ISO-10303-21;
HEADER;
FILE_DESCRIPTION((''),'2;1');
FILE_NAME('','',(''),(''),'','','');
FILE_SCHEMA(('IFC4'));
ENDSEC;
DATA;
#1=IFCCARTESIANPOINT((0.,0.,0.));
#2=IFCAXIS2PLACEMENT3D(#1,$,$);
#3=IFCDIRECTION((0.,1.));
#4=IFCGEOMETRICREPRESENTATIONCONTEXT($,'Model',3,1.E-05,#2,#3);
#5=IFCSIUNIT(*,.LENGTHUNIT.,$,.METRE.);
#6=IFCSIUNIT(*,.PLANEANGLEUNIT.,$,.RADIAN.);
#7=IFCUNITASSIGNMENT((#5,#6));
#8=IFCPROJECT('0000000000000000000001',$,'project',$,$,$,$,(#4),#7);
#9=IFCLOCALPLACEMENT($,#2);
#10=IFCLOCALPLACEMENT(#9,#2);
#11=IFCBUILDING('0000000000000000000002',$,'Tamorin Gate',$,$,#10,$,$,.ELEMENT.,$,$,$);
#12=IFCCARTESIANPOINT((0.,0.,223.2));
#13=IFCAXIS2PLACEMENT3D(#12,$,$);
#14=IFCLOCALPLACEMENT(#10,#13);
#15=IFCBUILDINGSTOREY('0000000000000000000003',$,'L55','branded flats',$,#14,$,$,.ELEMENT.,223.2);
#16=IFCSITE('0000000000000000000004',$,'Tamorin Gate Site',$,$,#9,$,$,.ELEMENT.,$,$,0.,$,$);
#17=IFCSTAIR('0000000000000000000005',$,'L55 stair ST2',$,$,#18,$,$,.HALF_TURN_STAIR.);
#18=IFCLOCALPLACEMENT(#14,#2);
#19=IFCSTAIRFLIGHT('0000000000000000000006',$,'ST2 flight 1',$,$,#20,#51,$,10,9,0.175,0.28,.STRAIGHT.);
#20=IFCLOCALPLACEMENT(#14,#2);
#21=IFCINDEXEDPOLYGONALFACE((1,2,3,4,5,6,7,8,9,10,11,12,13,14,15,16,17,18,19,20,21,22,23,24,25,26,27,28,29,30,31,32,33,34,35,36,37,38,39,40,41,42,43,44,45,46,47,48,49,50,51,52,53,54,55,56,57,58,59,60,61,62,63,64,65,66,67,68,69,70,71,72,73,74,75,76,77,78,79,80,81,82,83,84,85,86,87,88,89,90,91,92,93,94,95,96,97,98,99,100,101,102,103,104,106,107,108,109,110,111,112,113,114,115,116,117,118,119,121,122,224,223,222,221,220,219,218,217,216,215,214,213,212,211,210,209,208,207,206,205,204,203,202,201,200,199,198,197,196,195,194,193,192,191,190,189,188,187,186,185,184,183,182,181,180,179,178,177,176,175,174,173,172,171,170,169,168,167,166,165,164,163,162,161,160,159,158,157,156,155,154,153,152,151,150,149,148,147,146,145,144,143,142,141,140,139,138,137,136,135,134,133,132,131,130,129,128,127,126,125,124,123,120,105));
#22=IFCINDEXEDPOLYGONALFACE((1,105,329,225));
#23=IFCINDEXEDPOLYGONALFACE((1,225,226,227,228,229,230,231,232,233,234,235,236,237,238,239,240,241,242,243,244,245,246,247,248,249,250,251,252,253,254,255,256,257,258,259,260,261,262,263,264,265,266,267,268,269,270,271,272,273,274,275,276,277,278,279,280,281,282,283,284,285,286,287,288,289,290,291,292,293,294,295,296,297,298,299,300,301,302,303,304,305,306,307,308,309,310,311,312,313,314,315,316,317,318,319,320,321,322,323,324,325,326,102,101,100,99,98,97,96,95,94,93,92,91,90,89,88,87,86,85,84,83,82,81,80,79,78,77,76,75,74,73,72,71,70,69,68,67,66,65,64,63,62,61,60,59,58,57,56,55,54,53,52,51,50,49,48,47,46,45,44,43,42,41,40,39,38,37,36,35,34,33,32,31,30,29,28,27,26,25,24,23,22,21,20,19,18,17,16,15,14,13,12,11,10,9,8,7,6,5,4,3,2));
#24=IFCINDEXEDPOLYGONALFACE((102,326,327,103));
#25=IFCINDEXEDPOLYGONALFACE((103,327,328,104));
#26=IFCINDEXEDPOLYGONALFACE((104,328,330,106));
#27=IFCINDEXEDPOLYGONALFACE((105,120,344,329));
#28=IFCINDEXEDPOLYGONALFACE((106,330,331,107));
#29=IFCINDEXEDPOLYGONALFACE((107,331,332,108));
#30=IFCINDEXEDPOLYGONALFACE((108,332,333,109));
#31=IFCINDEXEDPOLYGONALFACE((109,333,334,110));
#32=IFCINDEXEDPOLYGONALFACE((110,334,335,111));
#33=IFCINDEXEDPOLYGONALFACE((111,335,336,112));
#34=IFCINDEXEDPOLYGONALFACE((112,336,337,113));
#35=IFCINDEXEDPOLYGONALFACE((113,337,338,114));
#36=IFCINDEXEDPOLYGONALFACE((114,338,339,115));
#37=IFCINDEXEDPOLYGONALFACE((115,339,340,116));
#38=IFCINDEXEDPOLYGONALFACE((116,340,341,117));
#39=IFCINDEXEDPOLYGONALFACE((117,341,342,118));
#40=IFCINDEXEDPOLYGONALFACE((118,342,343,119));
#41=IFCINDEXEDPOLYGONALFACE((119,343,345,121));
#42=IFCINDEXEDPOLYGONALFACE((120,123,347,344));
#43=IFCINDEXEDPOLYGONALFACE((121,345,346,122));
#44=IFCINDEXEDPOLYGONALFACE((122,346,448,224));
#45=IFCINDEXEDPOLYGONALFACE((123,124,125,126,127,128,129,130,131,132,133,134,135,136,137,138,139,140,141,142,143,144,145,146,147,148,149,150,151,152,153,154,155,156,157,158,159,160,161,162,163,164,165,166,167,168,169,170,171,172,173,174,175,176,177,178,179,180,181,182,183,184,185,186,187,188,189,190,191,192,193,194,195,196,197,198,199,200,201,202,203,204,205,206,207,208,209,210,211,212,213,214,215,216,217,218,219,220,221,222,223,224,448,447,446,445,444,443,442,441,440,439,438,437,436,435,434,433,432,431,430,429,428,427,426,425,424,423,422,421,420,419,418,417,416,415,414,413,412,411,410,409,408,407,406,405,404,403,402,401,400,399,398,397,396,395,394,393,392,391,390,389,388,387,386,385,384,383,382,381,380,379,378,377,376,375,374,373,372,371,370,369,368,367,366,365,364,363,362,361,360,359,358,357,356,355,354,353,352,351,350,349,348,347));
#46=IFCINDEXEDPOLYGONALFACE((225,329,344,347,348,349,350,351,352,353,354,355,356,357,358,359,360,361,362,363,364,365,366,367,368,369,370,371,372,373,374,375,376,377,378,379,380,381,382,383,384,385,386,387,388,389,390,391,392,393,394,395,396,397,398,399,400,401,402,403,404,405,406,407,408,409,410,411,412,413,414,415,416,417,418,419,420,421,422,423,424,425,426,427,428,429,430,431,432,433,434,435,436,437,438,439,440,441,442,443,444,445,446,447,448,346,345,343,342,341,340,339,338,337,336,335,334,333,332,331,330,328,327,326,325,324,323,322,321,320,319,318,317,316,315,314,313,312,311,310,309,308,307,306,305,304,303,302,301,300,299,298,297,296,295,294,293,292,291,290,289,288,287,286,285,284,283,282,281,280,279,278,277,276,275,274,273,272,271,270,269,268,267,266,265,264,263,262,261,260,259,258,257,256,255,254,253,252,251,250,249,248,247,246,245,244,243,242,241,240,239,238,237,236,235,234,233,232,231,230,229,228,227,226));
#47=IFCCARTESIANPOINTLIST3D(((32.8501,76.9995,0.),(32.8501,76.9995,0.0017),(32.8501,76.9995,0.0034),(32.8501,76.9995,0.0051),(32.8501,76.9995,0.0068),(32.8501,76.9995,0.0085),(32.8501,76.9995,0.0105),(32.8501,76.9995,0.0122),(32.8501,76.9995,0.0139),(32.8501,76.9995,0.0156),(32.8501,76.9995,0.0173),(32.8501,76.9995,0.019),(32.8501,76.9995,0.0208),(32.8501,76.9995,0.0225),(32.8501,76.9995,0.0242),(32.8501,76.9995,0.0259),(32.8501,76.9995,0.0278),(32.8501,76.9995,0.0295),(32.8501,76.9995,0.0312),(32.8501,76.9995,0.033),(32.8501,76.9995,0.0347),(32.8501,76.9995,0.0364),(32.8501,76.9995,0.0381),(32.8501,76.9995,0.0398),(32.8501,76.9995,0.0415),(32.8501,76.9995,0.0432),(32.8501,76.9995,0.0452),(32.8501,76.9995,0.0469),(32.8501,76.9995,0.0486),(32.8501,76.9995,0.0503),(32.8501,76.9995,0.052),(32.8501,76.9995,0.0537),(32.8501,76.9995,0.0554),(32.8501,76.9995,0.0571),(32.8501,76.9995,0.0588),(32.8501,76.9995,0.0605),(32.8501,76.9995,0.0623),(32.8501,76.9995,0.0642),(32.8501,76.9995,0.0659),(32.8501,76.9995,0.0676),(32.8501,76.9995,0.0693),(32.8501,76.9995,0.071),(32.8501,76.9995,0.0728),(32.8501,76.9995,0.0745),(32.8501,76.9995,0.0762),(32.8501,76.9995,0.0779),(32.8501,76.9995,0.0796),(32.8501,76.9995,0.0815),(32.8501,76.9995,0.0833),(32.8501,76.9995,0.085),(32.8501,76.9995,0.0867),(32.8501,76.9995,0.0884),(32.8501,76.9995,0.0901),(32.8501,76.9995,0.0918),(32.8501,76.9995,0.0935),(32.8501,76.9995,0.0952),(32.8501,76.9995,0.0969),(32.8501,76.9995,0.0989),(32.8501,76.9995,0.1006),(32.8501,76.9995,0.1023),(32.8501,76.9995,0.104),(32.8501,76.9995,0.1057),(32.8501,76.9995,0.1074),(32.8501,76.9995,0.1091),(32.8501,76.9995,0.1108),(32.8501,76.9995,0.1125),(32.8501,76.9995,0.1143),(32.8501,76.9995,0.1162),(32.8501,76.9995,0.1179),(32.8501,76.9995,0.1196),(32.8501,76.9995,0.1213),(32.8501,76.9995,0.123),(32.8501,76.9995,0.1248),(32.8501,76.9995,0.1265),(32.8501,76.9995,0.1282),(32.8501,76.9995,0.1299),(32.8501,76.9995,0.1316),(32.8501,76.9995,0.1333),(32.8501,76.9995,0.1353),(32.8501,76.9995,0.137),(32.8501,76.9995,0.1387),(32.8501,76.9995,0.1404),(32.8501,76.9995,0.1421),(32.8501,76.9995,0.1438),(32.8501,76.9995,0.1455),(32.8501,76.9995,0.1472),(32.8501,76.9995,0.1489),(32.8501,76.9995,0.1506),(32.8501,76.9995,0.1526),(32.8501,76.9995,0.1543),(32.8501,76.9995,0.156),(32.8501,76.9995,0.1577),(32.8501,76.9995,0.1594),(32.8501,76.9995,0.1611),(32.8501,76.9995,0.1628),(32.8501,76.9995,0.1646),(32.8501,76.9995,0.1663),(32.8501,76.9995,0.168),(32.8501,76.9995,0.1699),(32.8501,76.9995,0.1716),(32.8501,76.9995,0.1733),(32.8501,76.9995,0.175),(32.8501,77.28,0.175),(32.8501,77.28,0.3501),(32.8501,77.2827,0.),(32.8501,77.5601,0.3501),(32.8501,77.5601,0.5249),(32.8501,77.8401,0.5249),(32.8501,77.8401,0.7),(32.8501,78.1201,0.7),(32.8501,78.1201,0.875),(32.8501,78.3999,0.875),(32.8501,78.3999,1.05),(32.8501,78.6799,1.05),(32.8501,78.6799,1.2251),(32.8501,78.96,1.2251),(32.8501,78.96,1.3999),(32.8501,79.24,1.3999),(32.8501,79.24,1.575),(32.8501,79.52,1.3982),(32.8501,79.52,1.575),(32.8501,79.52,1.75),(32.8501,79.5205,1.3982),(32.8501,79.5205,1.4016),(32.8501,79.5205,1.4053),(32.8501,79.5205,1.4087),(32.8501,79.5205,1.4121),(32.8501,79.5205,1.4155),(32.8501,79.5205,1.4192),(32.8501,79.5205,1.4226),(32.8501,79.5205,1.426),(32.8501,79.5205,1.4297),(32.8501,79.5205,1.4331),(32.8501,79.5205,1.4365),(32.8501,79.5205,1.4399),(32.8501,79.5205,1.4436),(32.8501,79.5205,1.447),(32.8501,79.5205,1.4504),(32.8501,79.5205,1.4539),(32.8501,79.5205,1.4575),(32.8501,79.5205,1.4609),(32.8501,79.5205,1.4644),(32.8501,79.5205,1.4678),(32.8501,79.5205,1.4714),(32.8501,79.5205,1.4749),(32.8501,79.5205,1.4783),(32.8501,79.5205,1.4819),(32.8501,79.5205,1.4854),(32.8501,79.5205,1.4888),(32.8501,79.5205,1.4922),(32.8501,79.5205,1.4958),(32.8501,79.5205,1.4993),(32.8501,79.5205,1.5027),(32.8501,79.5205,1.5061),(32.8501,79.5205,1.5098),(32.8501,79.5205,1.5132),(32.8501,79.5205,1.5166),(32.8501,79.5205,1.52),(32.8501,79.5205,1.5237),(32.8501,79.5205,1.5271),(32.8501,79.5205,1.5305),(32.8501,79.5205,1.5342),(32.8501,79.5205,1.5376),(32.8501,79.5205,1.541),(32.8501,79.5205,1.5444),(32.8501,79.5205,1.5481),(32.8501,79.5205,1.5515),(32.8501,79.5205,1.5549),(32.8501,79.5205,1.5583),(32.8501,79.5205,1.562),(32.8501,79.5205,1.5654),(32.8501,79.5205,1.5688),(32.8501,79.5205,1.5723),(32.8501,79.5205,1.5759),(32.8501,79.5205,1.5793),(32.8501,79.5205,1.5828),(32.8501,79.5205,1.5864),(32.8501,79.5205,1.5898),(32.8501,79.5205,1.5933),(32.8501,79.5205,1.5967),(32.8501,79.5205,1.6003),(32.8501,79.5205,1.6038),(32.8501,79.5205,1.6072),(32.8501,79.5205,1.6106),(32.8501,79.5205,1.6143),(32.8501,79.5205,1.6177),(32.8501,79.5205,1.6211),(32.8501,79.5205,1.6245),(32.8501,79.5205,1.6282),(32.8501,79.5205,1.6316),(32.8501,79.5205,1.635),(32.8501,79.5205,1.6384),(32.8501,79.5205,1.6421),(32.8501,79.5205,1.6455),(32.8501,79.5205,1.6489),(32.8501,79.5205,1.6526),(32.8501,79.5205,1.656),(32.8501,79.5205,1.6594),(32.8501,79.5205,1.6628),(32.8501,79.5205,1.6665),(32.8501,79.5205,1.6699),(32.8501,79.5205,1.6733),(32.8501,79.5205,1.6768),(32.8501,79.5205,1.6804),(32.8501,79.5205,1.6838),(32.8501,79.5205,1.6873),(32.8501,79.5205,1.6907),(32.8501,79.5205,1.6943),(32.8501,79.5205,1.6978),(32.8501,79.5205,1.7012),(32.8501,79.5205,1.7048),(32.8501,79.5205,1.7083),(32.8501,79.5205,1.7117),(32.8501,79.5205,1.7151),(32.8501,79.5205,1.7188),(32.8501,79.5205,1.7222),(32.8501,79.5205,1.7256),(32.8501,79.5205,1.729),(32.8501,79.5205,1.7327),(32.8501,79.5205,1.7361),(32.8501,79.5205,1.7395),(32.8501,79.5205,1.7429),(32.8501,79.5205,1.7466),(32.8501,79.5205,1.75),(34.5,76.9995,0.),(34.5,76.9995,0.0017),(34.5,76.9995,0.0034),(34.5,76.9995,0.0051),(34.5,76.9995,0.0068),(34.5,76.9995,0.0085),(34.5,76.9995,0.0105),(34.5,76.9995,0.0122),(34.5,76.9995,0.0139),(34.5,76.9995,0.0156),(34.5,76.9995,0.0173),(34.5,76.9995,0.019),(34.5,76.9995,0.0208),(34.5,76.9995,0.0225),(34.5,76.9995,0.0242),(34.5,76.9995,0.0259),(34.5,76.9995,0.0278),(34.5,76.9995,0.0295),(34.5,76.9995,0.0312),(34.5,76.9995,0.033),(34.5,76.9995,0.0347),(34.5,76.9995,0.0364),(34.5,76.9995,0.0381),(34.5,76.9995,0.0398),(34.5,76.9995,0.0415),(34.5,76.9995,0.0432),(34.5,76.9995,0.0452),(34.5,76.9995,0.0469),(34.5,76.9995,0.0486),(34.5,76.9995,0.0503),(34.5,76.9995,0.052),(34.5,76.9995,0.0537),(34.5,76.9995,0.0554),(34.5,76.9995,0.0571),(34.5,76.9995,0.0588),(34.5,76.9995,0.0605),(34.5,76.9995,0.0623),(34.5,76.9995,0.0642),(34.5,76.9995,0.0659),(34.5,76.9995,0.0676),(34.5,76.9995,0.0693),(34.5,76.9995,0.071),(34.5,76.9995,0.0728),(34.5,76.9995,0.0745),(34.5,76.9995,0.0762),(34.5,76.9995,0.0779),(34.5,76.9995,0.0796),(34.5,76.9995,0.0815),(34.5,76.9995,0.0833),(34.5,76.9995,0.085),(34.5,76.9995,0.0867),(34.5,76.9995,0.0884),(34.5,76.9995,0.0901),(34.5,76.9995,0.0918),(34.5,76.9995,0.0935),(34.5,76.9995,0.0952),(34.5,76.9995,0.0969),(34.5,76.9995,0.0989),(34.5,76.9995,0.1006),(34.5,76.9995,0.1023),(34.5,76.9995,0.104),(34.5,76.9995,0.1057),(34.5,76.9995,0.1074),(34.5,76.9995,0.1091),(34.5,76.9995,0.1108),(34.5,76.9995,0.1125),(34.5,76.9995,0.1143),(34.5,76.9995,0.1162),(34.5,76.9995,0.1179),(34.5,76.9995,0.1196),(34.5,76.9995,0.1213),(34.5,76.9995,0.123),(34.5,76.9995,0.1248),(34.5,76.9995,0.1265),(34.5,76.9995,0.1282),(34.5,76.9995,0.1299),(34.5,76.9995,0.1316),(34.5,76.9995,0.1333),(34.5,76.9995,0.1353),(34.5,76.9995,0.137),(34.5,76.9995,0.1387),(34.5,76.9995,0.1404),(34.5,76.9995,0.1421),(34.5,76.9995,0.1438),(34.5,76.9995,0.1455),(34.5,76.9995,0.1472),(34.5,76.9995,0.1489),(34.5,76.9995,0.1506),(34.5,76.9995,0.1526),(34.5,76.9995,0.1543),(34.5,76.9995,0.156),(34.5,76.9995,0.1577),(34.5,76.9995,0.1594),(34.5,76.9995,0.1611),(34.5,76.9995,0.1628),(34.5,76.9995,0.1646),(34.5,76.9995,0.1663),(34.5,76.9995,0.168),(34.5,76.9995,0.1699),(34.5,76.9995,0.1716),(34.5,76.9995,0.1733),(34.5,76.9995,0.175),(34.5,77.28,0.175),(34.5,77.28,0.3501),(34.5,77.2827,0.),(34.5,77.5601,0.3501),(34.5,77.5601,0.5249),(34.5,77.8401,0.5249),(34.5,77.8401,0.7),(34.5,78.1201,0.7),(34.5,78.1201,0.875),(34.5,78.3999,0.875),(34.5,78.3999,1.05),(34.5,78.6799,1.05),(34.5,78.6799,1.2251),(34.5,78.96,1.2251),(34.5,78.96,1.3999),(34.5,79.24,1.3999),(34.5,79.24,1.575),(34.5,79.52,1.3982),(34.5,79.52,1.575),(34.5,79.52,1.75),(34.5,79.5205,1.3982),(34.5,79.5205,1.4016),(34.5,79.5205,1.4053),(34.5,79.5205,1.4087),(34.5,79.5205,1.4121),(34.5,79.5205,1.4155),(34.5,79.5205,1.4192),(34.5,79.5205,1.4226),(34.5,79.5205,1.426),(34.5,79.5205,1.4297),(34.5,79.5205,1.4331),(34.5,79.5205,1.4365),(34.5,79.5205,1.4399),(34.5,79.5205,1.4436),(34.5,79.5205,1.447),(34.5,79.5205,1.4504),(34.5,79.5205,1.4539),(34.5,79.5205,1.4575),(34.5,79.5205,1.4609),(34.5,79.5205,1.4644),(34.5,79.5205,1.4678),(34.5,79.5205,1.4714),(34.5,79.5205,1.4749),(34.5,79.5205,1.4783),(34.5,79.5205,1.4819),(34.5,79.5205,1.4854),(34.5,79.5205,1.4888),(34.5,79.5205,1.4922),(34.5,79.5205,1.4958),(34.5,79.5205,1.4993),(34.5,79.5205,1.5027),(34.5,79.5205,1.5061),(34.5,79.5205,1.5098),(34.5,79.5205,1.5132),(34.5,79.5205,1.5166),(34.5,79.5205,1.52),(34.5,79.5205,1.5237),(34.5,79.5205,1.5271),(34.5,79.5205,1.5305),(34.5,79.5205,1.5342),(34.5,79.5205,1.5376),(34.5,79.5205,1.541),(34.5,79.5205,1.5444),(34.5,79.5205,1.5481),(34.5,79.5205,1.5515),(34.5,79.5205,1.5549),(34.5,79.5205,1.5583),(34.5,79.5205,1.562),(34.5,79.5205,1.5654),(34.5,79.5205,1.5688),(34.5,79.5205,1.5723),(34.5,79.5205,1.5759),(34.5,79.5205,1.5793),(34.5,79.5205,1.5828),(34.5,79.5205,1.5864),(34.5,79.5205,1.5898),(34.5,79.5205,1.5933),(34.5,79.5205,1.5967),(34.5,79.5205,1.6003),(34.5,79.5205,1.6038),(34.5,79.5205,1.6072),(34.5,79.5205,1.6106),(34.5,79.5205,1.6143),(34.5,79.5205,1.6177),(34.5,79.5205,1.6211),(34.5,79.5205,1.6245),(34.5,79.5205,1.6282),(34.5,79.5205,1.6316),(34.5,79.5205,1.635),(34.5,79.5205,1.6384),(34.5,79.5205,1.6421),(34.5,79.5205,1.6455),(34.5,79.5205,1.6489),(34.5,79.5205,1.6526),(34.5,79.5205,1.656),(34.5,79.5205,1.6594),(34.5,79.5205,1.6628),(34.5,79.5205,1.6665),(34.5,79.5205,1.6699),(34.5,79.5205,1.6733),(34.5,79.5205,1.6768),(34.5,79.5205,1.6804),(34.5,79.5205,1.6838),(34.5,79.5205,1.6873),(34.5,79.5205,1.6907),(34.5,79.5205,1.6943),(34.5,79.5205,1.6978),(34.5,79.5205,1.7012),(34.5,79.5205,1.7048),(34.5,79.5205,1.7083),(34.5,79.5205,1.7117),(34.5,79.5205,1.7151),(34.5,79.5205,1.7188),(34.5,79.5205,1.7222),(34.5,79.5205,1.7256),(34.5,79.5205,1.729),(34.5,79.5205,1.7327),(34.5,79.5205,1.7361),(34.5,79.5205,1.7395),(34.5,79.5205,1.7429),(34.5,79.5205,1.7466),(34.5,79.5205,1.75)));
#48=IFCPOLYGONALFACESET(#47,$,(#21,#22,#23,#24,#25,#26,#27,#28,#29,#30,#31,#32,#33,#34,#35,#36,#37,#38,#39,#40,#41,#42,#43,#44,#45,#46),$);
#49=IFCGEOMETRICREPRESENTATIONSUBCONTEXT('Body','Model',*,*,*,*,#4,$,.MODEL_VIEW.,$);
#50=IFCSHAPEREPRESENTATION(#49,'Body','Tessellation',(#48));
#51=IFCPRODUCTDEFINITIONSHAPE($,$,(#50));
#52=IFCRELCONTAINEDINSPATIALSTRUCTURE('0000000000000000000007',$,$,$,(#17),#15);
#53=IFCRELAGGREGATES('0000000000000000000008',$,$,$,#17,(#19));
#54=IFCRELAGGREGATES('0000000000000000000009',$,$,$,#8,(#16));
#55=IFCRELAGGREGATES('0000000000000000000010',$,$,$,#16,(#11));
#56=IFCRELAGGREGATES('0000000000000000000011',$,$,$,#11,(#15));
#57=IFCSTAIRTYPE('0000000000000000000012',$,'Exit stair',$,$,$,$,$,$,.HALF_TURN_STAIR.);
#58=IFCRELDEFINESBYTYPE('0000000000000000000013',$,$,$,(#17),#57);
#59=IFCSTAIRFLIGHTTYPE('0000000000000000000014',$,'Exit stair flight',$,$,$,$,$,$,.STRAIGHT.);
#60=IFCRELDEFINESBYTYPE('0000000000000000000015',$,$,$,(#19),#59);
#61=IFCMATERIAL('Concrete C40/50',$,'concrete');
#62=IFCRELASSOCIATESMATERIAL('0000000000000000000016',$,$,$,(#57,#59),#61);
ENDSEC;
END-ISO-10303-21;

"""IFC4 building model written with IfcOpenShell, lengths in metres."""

from ifc_helpers import new_model, si_unit, direction, frame, origin, place, context, subcontext, project, spatial, polyline, outline, extrude, material, type_object, element, aggregate, save


model = new_model("IFC4")

# Units and contexts
model_context = context("Model", 3, precision=1e-05, world=origin(), true_north=direction((0.0, 1.0)))
body_context = subcontext(model_context, "Body", "Model", "MODEL_VIEW")
ifc_project = project(units=[si_unit("LENGTHUNIT", "METRE"), si_unit("PLANEANGLEUNIT", "RADIAN")], contexts=[model_context])

# Site, building, storey
site_placement = place(None, origin())
site = spatial("IfcSite", under=ifc_project, at=site_placement, Name="Tamorin Gate Site", CompositionType="ELEMENT", RefElevation=0.0)
building_placement = place(site_placement, origin())
building = spatial("IfcBuilding", under=site, at=building_placement, Name="Tamorin Gate", CompositionType="ELEMENT")
storey_placement = place(building_placement, frame((0.0, 0.0, 223.2)))
storey = spatial("IfcBuildingStorey", under=building, at=storey_placement, Name="L55", Description="branded flats", CompositionType="ELEMENT", Elevation=223.2)

# Shared definitions
ifc_material_1 = material(Name="Concrete C40/50", Category="concrete")

# Shared definitions
stair_type = type_object("IfcStairType", Name="Exit stair", PredefinedType="HALF_TURN_STAIR", material=ifc_material_1)
stair_flight_type = type_object("IfcStairFlightType", Name="Exit stair flight", PredefinedType="STRAIGHT", material=ifc_material_1)

# Stair, stair flight
stair_1_placement = place(storey_placement, origin())
stair_1 = element("IfcStair", 1, at=stair_1_placement, inside=storey, type_object=stair_type, Name="L55 stair ST2", PredefinedType="HALF_TURN_STAIR")
stair_flight_1_placement = place(storey_placement, frame((33.675, 77.0, 0.0), z_axis=(0.0, 0.0, 1.0), x_axis=(0.0, 1.0, 0.0)))
stair_flight_1 = element("IfcStairFlight", 2, at=stair_flight_1_placement, type_object=stair_flight_type, Name="ST2 flight 1", NumberOfRisers=10, NumberOfTreads=9, PredefinedType="STRAIGHT", RiserHeight=0.175, TreadLength=0.28, context=body_context, shape_type="SweptSolid", body=[
    extrude(outline(polyline([(-0.0005, 0.0), (-0.0005, 0.0017), (-0.0005, 0.0034), (-0.0005, 0.0051), (-0.0005, 0.0068), (-0.0005, 0.0085), (-0.0005, 0.0105), (-0.0005, 0.0122), (-0.0005, 0.0139), (-0.0005, 0.0156), (-0.0005, 0.0173), (-0.0005, 0.019), (-0.0005, 0.0208), (-0.0005, 0.0225), (-0.0005, 0.0242), (-0.0005, 0.0259), (-0.0005, 0.0278), (-0.0005, 0.0295), (-0.0005, 0.0312), (-0.0005, 0.033), (-0.0005, 0.0347), (-0.0005, 0.0364), (-0.0005, 0.0381), (-0.0005, 0.0398), (-0.0005, 0.0415), (-0.0005, 0.0432), (-0.0005, 0.0452), (-0.0005, 0.0469), (-0.0005, 0.0486), (-0.0005, 0.0503), (-0.0005, 0.052), (-0.0005, 0.0537), (-0.0005, 0.0554), (-0.0005, 0.0571), (-0.0005, 0.0588), (-0.0005, 0.0605), (-0.0005, 0.0623), (-0.0005, 0.0642), (-0.0005, 0.0659), (-0.0005, 0.0676), (-0.0005, 0.0693), (-0.0005, 0.071), (-0.0005, 0.0728), (-0.0005, 0.0745), (-0.0005, 0.0762), (-0.0005, 0.0779), (-0.0005, 0.0796), (-0.0005, 0.0815), (-0.0005, 0.0833), (-0.0005, 0.085), (-0.0005, 0.0867), (-0.0005, 0.0884), (-0.0005, 0.0901), (-0.0005, 0.0918), (-0.0005, 0.0935), (-0.0005, 0.0952), (-0.0005, 0.0969), (-0.0005, 0.0989), (-0.0005, 0.1006), (-0.0005, 0.1023), (-0.0005, 0.104), (-0.0005, 0.1057), (-0.0005, 0.1074), (-0.0005, 0.1091), (-0.0005, 0.1108), (-0.0005, 0.1125), (-0.0005, 0.1143), (-0.0005, 0.1162), (-0.0005, 0.1179), (-0.0005, 0.1196), (-0.0005, 0.1213), (-0.0005, 0.123), (-0.0005, 0.1248), (-0.0005, 0.1265), (-0.0005, 0.1282), (-0.0005, 0.1299), (-0.0005, 0.1316), (-0.0005, 0.1333), (-0.0005, 0.1353), (-0.0005, 0.137), (-0.0005, 0.1387), (-0.0005, 0.1404), (-0.0005, 0.1421), (-0.0005, 0.1438), (-0.0005, 0.1455), (-0.0005, 0.1472), (-0.0005, 0.1489), (-0.0005, 0.1506), (-0.0005, 0.1526), (-0.0005, 0.1543), (-0.0005, 0.156), (-0.0005, 0.1577), (-0.0005, 0.1594), (-0.0005, 0.1611), (-0.0005, 0.1628), (-0.0005, 0.1646), (-0.0005, 0.1663), (-0.0005, 0.168), (-0.0005, 0.1699), (-0.0005, 0.1716), (-0.0005, 0.1733), (-0.0005, 0.175), (0.28, 0.175), (0.28, 0.3501), (0.5601, 0.3501), (0.5601, 0.5249), (0.8401, 0.5249), (0.8401, 0.7), (1.1201, 0.7), (1.1201, 0.875), (1.3999, 0.875), (1.3999, 1.05), (1.6799, 1.05), (1.6799, 1.2251), (1.96, 1.2251), (1.96, 1.3999), (2.24, 1.3999), (2.24, 1.575), (2.52, 1.575), (2.52, 1.75), (2.5205, 1.75), (2.5205, 1.7466), (2.5205, 1.7429), (2.5205, 1.7395), (2.5205, 1.7361), (2.5205, 1.7327), (2.5205, 1.729), (2.5205, 1.7256), (2.5205, 1.7222), (2.5205, 1.7188), (2.5205, 1.7151), (2.5205, 1.7117), (2.5205, 1.7083), (2.5205, 1.7048), (2.5205, 1.7012), (2.5205, 1.6978), (2.5205, 1.6943), (2.5205, 1.6907), (2.5205, 1.6873), (2.5205, 1.6838), (2.5205, 1.6804), (2.5205, 1.6768), (2.5205, 1.6733), (2.5205, 1.6699), (2.5205, 1.6665), (2.5205, 1.6628), (2.5205, 1.6594), (2.5205, 1.656), (2.5205, 1.6526), (2.5205, 1.6489), (2.5205, 1.6455), (2.5205, 1.6421), (2.5205, 1.6384), (2.5205, 1.635), (2.5205, 1.6316), (2.5205, 1.6282), (2.5205, 1.6245), (2.5205, 1.6211), (2.5205, 1.6177), (2.5205, 1.6143), (2.5205, 1.6106), (2.5205, 1.6072), (2.5205, 1.6038), (2.5205, 1.6003), (2.5205, 1.5967), (2.5205, 1.5933), (2.5205, 1.5898), (2.5205, 1.5864), (2.5205, 1.5828), (2.5205, 1.5793), (2.5205, 1.5759), (2.5205, 1.5723), (2.5205, 1.5688), (2.5205, 1.5654), (2.5205, 1.562), (2.5205, 1.5583), (2.5205, 1.5549), (2.5205, 1.5515), (2.5205, 1.5481), (2.5205, 1.5444), (2.5205, 1.541), (2.5205, 1.5376), (2.5205, 1.5342), (2.5205, 1.5305), (2.5205, 1.5271), (2.5205, 1.5237), (2.5205, 1.52), (2.5205, 1.5166), (2.5205, 1.5132), (2.5205, 1.5098), (2.5205, 1.5061), (2.5205, 1.5027), (2.5205, 1.4993), (2.5205, 1.4958), (2.5205, 1.4922), (2.5205, 1.4888), (2.5205, 1.4854), (2.5205, 1.4819), (2.5205, 1.4783), (2.5205, 1.4749), (2.5205, 1.4714), (2.5205, 1.4678), (2.5205, 1.4644), (2.5205, 1.4609), (2.5205, 1.4575), (2.5205, 1.4539), (2.5205, 1.4504), (2.5205, 1.447), (2.5205, 1.4436), (2.5205, 1.4399), (2.5205, 1.4365), (2.5205, 1.4331), (2.5205, 1.4297), (2.5205, 1.426), (2.5205, 1.4226), (2.5205, 1.4192), (2.5205, 1.4155), (2.5205, 1.4121), (2.5205, 1.4087), (2.5205, 1.4053), (2.5205, 1.4016), (2.5205, 1.3982), (2.52, 1.3982), (0.2827, 0.0), (-0.0005, 0.0)])), frame((0.0, 0.825, 0.0), z_axis=(0.0, -1.0, 0.0), x_axis=(1.0, 0.0, 0.0)), (0.0, 0.0, 1.0), 1.6499),
])
aggregate(stair_1, [stair_flight_1])

save(model, "model.ifc")
